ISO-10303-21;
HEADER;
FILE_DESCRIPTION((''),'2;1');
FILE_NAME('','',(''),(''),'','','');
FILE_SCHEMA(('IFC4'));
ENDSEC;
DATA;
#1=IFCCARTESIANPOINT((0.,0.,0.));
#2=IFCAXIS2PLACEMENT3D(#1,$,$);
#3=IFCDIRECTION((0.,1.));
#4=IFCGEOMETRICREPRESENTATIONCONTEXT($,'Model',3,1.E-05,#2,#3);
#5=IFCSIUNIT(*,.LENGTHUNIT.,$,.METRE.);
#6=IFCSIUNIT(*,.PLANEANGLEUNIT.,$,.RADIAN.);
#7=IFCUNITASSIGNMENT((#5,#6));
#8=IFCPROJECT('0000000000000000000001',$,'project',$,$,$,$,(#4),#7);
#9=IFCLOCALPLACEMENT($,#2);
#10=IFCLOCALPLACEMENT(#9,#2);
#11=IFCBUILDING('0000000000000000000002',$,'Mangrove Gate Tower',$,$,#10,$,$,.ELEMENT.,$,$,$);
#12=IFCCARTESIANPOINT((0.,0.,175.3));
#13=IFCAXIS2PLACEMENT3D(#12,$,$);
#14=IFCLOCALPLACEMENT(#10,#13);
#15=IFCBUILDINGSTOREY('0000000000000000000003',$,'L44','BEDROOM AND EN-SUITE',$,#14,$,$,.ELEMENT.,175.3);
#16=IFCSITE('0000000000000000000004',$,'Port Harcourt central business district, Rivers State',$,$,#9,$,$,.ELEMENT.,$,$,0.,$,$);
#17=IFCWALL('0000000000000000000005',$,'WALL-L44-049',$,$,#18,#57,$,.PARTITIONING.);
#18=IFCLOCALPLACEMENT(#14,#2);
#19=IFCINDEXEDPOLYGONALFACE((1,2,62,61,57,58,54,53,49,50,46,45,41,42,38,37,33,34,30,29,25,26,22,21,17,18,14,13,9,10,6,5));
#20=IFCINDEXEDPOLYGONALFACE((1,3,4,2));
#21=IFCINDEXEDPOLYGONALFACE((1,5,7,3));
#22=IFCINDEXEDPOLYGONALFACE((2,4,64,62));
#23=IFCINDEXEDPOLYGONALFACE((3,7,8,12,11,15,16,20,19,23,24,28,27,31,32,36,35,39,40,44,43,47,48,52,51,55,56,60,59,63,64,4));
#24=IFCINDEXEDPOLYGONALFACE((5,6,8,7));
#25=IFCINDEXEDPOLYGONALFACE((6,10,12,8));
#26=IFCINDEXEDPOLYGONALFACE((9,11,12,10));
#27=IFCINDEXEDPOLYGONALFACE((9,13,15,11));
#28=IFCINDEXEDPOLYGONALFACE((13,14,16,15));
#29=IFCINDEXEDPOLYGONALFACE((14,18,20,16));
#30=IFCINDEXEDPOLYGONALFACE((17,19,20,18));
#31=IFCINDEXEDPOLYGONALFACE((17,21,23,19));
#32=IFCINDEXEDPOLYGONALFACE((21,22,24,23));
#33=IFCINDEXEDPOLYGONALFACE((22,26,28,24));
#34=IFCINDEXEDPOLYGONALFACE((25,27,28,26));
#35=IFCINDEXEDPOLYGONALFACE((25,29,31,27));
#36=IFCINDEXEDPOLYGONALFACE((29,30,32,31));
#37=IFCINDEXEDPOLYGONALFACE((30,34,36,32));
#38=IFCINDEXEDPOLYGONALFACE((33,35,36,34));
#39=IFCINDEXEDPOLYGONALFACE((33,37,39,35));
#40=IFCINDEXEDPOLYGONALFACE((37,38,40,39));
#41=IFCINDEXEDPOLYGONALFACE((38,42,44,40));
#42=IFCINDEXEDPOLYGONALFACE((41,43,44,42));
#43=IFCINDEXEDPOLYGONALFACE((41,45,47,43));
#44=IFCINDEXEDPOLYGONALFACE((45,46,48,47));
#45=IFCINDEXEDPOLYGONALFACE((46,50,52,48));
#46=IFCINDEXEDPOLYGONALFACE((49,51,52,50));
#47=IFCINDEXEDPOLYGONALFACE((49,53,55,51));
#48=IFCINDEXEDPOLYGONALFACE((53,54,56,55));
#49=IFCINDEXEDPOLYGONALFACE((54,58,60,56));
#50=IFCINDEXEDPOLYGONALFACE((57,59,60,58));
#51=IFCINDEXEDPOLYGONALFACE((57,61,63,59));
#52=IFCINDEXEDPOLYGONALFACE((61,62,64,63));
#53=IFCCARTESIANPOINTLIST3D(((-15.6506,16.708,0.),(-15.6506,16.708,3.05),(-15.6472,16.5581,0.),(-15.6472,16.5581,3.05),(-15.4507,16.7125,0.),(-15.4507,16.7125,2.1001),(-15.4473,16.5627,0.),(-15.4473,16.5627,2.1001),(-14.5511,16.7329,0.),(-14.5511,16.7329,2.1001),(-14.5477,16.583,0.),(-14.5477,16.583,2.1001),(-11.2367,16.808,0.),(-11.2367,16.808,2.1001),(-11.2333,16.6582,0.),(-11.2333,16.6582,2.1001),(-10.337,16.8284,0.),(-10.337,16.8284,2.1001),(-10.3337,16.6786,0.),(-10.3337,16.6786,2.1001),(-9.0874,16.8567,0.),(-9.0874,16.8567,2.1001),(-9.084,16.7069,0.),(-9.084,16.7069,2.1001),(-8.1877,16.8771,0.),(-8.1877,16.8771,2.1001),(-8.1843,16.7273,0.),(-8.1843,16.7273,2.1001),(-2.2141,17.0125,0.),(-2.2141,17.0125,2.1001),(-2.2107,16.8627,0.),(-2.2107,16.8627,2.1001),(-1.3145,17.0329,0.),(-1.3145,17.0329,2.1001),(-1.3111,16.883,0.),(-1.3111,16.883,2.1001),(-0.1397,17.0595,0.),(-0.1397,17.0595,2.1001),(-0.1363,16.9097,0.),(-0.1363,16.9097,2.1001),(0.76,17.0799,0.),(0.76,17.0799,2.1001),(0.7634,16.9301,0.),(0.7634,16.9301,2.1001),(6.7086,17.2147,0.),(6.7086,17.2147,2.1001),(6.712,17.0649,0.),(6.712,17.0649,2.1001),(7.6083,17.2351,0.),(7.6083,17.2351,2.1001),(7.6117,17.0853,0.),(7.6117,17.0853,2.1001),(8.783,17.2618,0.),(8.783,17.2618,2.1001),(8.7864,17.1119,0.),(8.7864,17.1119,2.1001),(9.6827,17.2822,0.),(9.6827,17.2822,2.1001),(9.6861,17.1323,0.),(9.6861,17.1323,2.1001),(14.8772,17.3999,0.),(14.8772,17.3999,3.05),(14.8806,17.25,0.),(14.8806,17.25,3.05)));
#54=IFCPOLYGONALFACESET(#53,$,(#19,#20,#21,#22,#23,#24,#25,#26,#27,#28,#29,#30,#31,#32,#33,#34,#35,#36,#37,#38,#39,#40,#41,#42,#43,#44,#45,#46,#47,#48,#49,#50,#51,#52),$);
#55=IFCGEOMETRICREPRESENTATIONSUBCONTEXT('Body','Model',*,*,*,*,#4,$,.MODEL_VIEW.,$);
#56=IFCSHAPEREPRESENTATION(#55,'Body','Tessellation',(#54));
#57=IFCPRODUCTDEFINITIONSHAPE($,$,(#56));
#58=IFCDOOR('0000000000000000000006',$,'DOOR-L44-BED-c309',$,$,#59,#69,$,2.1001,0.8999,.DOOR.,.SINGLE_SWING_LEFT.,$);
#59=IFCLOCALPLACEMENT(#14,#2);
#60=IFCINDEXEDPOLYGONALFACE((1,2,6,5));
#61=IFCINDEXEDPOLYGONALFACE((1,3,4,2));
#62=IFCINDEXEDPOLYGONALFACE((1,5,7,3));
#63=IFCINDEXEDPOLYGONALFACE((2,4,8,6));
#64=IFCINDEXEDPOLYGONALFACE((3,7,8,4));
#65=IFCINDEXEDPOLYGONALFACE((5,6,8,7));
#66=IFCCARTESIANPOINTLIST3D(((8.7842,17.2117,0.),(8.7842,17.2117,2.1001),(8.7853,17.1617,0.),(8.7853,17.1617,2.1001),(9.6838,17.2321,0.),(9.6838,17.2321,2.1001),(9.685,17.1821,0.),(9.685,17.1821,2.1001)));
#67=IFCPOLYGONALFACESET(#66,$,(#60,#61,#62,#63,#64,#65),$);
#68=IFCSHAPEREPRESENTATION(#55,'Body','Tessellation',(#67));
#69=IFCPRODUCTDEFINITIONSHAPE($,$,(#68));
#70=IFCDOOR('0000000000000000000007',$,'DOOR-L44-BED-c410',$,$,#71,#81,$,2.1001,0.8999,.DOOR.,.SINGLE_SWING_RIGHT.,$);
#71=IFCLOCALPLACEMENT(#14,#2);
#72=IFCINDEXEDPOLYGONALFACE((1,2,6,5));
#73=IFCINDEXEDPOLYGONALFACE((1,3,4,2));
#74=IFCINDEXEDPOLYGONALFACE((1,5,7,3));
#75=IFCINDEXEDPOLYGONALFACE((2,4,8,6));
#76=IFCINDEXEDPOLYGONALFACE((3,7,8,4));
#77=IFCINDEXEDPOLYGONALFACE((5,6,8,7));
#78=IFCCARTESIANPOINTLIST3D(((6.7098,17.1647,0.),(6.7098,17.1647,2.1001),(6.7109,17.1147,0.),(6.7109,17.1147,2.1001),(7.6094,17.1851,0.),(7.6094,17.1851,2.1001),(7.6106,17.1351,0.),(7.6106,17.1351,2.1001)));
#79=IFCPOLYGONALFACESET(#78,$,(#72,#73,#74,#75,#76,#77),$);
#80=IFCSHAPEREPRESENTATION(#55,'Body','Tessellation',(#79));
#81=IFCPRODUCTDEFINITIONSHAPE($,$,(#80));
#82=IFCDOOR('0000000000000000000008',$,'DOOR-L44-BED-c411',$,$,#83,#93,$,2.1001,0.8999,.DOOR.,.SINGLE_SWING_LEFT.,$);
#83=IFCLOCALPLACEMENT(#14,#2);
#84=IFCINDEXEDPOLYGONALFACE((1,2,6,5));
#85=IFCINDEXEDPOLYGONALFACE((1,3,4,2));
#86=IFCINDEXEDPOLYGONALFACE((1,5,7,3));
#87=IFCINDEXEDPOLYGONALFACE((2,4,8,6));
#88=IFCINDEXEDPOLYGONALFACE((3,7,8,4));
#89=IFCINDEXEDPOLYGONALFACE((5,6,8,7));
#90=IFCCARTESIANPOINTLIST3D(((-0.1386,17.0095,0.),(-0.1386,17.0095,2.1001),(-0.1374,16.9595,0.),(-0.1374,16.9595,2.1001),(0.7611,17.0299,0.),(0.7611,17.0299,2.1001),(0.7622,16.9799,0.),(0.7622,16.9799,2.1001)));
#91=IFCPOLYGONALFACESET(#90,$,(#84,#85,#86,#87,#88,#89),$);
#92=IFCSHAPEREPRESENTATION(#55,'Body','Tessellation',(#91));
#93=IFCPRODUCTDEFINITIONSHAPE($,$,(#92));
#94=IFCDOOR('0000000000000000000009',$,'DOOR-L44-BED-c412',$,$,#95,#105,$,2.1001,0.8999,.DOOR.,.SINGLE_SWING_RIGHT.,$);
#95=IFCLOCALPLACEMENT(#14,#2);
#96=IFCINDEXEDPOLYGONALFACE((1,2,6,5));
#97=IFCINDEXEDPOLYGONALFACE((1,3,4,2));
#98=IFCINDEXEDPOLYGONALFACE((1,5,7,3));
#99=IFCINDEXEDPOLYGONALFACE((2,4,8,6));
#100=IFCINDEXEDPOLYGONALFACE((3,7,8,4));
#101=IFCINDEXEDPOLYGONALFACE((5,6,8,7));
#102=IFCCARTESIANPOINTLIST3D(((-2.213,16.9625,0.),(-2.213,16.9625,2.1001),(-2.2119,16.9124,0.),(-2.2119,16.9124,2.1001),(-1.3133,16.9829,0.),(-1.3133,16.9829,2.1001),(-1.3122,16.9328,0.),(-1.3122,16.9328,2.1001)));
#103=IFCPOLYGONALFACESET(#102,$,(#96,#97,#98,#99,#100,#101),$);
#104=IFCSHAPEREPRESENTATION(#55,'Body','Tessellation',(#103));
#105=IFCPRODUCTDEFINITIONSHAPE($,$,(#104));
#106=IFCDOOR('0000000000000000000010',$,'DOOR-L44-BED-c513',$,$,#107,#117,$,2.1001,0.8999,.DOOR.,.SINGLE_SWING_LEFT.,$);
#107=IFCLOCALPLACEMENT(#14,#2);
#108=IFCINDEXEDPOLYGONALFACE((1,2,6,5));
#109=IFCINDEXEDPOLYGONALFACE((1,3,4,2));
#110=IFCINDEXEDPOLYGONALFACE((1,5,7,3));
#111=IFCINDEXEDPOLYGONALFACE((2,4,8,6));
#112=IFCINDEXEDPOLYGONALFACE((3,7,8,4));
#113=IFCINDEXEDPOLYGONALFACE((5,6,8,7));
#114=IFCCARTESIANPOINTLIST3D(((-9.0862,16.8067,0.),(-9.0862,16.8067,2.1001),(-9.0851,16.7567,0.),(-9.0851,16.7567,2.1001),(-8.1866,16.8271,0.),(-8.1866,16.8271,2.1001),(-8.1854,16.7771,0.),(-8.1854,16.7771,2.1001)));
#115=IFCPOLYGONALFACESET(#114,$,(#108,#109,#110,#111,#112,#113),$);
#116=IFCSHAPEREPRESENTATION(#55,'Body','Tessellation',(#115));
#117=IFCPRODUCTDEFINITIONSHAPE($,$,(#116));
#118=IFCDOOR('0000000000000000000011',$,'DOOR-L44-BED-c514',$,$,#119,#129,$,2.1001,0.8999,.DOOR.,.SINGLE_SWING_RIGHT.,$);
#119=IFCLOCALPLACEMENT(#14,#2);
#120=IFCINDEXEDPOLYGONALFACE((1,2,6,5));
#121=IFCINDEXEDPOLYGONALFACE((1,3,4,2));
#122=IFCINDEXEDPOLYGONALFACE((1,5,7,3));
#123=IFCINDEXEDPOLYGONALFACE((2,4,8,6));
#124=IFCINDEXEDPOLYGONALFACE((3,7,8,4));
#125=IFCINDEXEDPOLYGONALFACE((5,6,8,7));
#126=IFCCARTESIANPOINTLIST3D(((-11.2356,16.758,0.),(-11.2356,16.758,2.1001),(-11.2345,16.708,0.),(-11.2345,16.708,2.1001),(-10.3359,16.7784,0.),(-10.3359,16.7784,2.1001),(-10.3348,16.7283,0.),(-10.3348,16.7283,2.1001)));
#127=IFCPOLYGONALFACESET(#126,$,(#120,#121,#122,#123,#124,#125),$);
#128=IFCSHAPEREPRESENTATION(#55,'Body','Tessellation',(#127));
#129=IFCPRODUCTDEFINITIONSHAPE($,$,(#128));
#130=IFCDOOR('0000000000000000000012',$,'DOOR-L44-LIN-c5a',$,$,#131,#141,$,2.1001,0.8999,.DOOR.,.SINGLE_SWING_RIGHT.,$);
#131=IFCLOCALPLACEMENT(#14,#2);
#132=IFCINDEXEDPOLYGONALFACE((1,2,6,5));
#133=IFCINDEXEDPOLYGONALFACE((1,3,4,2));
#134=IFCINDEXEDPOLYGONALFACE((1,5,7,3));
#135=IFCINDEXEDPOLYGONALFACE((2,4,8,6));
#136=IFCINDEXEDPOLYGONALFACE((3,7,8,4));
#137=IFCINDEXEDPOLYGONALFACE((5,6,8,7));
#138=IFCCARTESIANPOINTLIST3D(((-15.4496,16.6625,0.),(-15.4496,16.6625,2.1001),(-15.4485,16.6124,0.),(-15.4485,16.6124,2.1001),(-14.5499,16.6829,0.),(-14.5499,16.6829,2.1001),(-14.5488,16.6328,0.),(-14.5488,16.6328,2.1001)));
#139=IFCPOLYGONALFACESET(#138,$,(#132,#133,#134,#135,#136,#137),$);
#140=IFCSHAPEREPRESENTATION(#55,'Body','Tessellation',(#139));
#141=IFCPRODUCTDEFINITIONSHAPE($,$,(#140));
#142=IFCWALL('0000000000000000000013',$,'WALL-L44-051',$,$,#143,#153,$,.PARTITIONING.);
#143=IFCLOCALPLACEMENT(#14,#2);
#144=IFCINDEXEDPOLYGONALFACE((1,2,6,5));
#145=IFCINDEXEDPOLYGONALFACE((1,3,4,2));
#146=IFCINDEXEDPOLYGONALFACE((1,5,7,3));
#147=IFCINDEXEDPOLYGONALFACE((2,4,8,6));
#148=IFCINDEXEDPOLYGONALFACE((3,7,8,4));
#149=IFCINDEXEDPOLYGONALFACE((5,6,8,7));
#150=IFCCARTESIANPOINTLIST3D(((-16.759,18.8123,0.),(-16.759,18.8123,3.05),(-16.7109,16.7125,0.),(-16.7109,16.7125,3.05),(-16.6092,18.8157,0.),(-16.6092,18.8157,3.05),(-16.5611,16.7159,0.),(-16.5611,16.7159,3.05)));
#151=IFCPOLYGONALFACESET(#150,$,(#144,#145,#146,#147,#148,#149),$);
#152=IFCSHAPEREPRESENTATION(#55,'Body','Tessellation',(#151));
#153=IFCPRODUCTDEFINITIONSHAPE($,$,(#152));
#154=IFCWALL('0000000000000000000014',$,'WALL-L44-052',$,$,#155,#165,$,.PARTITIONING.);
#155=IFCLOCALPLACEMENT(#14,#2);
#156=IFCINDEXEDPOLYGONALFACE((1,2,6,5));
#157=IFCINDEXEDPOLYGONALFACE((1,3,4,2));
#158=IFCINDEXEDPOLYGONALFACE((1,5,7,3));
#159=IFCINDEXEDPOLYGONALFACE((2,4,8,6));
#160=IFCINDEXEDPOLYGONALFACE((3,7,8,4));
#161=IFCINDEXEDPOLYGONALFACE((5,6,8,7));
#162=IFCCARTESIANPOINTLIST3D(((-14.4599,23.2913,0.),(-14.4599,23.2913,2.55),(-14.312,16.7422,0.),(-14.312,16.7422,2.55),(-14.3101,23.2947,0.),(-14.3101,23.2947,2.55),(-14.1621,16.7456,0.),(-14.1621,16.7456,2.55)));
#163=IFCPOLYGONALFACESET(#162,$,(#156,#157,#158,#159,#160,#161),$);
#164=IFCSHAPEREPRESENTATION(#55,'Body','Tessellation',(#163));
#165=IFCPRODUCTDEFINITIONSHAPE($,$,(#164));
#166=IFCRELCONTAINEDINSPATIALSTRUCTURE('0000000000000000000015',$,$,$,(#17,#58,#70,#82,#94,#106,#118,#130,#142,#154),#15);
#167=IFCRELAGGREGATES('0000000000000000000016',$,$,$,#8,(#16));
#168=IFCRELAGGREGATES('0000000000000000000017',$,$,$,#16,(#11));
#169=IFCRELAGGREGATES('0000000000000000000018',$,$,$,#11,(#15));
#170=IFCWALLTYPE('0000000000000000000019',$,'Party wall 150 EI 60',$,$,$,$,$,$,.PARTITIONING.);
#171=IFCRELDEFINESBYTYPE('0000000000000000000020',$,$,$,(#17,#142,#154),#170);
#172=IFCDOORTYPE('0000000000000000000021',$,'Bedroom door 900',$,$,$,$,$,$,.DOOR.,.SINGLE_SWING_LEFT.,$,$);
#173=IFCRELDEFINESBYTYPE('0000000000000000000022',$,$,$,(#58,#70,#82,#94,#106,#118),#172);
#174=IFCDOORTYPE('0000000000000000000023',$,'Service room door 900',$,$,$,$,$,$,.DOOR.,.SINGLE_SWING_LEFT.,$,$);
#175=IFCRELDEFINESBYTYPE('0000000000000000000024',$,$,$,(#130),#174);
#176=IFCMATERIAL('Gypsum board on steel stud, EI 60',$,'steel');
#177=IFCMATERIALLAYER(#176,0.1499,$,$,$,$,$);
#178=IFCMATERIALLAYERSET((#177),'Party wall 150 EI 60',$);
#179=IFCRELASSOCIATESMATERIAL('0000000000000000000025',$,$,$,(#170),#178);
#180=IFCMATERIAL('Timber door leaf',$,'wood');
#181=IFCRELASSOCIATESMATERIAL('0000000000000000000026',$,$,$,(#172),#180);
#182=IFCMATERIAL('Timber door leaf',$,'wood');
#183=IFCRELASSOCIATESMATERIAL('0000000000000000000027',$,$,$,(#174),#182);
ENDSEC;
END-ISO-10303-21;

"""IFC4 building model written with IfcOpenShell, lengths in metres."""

from ifc_helpers import new_model, si_unit, direction, frame, frame_2d, origin, place, context, subcontext, project, spatial, rectangle, extrude, material, layer, layer_set, type_object, element, fill, save


model = new_model("IFC4")

# Units and contexts
model_context = context("Model", 3, precision=1e-05, world=origin(), true_north=direction((0.0, 1.0)))
body_context = subcontext(model_context, "Body", "Model", "MODEL_VIEW")
ifc_project = project(units=[si_unit("LENGTHUNIT", "METRE"), si_unit("PLANEANGLEUNIT", "RADIAN")], contexts=[model_context])

# Site, building, storey
site_placement = place(None, origin())
site = spatial("IfcSite", under=ifc_project, at=site_placement, Name="Port Harcourt central business district, Rivers State", CompositionType="ELEMENT", RefElevation=0.0)
building_placement = place(site_placement, origin())
building = spatial("IfcBuilding", under=site, at=building_placement, Name="Mangrove Gate Tower", CompositionType="ELEMENT")
storey_placement = place(building_placement, frame((0.0, 0.0, 175.3)))
storey = spatial("IfcBuildingStorey", under=building, at=storey_placement, Name="L44", Description="BEDROOM AND EN-SUITE", CompositionType="ELEMENT", Elevation=175.3)

# Wall, openings, doors
ifc_material_1 = material(Name="Gypsum board on steel stud, EI 60", Category="steel")
ifc_layer_1 = layer(ifc_material_1, 0.1499)
ifc_layer_set_1 = layer_set([ifc_layer_1], Name="Party wall 150 EI 60")
wall_type_1 = type_object("IfcWallType", Name="Party wall 150 EI 60", PredefinedType="PARTITIONING", material=ifc_layer_set_1)
wall_1_placement = place(storey_placement, frame((-15.6489, 16.6331, 0.0), z_axis=(0.0, 0.0, 1.0), x_axis=(0.999743, 0.022659, 0.0)))
wall_1 = element("IfcWall", 1, at=wall_1_placement, inside=storey, type_object=wall_type_1, Name="WALL-L44-049", PredefinedType="PARTITIONING", context=body_context, shape_type="SweptSolid", body=[
    extrude(rectangle(XDim=30.5356, YDim=0.1499, at=frame_2d((15.2678, 0.0))), origin(), (0.0, 0.0, 1.0), 3.05),
])
opening_1_placement = place(wall_1_placement, frame((24.4399, 0.0, 0.0)))
opening_1 = element("IfcOpeningElement", 2, at=opening_1_placement, cuts=wall_1, PredefinedType="OPENING", context=body_context, shape_type="SweptSolid", body=[
    extrude(rectangle(XDim=0.8999, YDim=2.1001, at=frame_2d((0.45, 1.05))), frame((0.0, 0.085, 0.0), z_axis=(0.0, -1.0, 0.0), x_axis=(1.0, 0.0, 0.0)), (0.0, 0.0, 1.0), 0.1699),
])
opening_2_placement = place(wall_1_placement, frame((22.365, 0.0, 0.0)))
opening_2 = element("IfcOpeningElement", 3, at=opening_2_placement, cuts=wall_1, PredefinedType="OPENING", context=body_context, shape_type="SweptSolid", body=[
    extrude(rectangle(XDim=0.8999, YDim=2.1001, at=frame_2d((0.45, 1.05))), frame((0.0, 0.085, 0.0), z_axis=(0.0, -1.0, 0.0), x_axis=(1.0, 0.0, 0.0)), (0.0, 0.0, 1.0), 0.1699),
])
opening_3_placement = place(wall_1_placement, frame((15.5149, 0.0, 0.0)))
opening_3 = element("IfcOpeningElement", 4, at=opening_3_placement, cuts=wall_1, PredefinedType="OPENING", context=body_context, shape_type="SweptSolid", body=[
    extrude(rectangle(XDim=0.8999, YDim=2.1001, at=frame_2d((0.45, 1.05))), frame((0.0, 0.085, 0.0), z_axis=(0.0, -1.0, 0.0), x_axis=(1.0, 0.0, 0.0)), (0.0, 0.0, 1.0), 0.1699),
])
opening_4_placement = place(wall_1_placement, frame((13.4399, 0.0, 0.0)))
opening_4 = element("IfcOpeningElement", 5, at=opening_4_placement, cuts=wall_1, PredefinedType="OPENING", context=body_context, shape_type="SweptSolid", body=[
    extrude(rectangle(XDim=0.8999, YDim=2.1001, at=frame_2d((0.45, 1.05))), frame((0.0, 0.085, 0.0), z_axis=(0.0, -1.0, 0.0), x_axis=(1.0, 0.0, 0.0)), (0.0, 0.0, 1.0), 0.1699),
])
opening_5_placement = place(wall_1_placement, frame((6.5649, 0.0, 0.0)))
opening_5 = element("IfcOpeningElement", 6, at=opening_5_placement, cuts=wall_1, PredefinedType="OPENING", context=body_context, shape_type="SweptSolid", body=[
    extrude(rectangle(XDim=0.8999, YDim=2.1001, at=frame_2d((0.45, 1.05))), frame((0.0, 0.085, 0.0), z_axis=(0.0, -1.0, 0.0), x_axis=(1.0, 0.0, 0.0)), (0.0, 0.0, 1.0), 0.1699),
])
opening_6_placement = place(wall_1_placement, frame((4.415, 0.0, 0.0)))
opening_6 = element("IfcOpeningElement", 7, at=opening_6_placement, cuts=wall_1, PredefinedType="OPENING", context=body_context, shape_type="SweptSolid", body=[
    extrude(rectangle(XDim=0.8999, YDim=2.1001, at=frame_2d((0.45, 1.05))), frame((0.0, 0.085, 0.0), z_axis=(0.0, -1.0, 0.0), x_axis=(1.0, 0.0, 0.0)), (0.0, 0.0, 1.0), 0.1699),
])
opening_7_placement = place(wall_1_placement, frame((0.2, 0.0, 0.0)))
opening_7 = element("IfcOpeningElement", 8, at=opening_7_placement, cuts=wall_1, PredefinedType="OPENING", context=body_context, shape_type="SweptSolid", body=[
    extrude(rectangle(XDim=0.8999, YDim=2.1001, at=frame_2d((0.45, 1.05))), frame((0.0, 0.085, 0.0), z_axis=(0.0, -1.0, 0.0), x_axis=(1.0, 0.0, 0.0)), (0.0, 0.0, 1.0), 0.1699),
])
ifc_material_2 = material(Name="Timber door leaf", Category="wood")
door_type_1 = type_object("IfcDoorType", Name="Bedroom door 900", OperationType="SINGLE_SWING_LEFT", PredefinedType="DOOR", material=ifc_material_2)
door_1_placement = place(opening_1_placement, origin())
door_1 = element("IfcDoor", 9, at=door_1_placement, inside=storey, type_object=door_type_1, Name="DOOR-L44-BED-c309", OperationType="SINGLE_SWING_LEFT", OverallHeight=2.1001, OverallWidth=0.8999, PredefinedType="DOOR", context=body_context, shape_type="SweptSolid", body=[
    extrude(rectangle(XDim=0.8999, YDim=2.1001, at=frame_2d((0.45, 1.05))), frame((0.0, 0.0249, 0.0), z_axis=(0.0, -1.0, 0.0), x_axis=(1.0, 0.0, 0.0)), (0.0, 0.0, 1.0), 0.05),
])
fill(opening_1, door_1)
door_2_placement = place(opening_2_placement, origin())
door_2 = element("IfcDoor", 10, at=door_2_placement, inside=storey, type_object=door_type_1, Name="DOOR-L44-BED-c410", OperationType="SINGLE_SWING_RIGHT", OverallHeight=2.1001, OverallWidth=0.8999, PredefinedType="DOOR", context=body_context, shape_type="SweptSolid", body=[
    extrude(rectangle(XDim=0.8999, YDim=2.1001, at=frame_2d((0.45, 1.05))), frame((0.0, 0.0249, 0.0), z_axis=(0.0, -1.0, 0.0), x_axis=(1.0, 0.0, 0.0)), (0.0, 0.0, 1.0), 0.05),
])
fill(opening_2, door_2)
door_3_placement = place(opening_3_placement, origin())
door_3 = element("IfcDoor", 11, at=door_3_placement, inside=storey, type_object=door_type_1, Name="DOOR-L44-BED-c411", OperationType="SINGLE_SWING_LEFT", OverallHeight=2.1001, OverallWidth=0.8999, PredefinedType="DOOR", context=body_context, shape_type="SweptSolid", body=[
    extrude(rectangle(XDim=0.8999, YDim=2.1001, at=frame_2d((0.45, 1.05))), frame((0.0, 0.0249, 0.0), z_axis=(0.0, -1.0, 0.0), x_axis=(1.0, 0.0, 0.0)), (0.0, 0.0, 1.0), 0.05),
])
fill(opening_3, door_3)
door_4_placement = place(opening_4_placement, origin())
door_4 = element("IfcDoor", 12, at=door_4_placement, inside=storey, type_object=door_type_1, Name="DOOR-L44-BED-c412", OperationType="SINGLE_SWING_RIGHT", OverallHeight=2.1001, OverallWidth=0.8999, PredefinedType="DOOR", context=body_context, shape_type="SweptSolid", body=[
    extrude(rectangle(XDim=0.8999, YDim=2.1001, at=frame_2d((0.45, 1.05))), frame((0.0, 0.0249, 0.0), z_axis=(0.0, -1.0, 0.0), x_axis=(1.0, 0.0, 0.0)), (0.0, 0.0, 1.0), 0.05),
])
fill(opening_4, door_4)
door_5_placement = place(opening_5_placement, origin())
door_5 = element("IfcDoor", 13, at=door_5_placement, inside=storey, type_object=door_type_1, Name="DOOR-L44-BED-c513", OperationType="SINGLE_SWING_LEFT", OverallHeight=2.1001, OverallWidth=0.8999, PredefinedType="DOOR", context=body_context, shape_type="SweptSolid", body=[
    extrude(rectangle(XDim=0.8999, YDim=2.1001, at=frame_2d((0.45, 1.05))), frame((0.0, 0.0249, 0.0), z_axis=(0.0, -1.0, 0.0), x_axis=(1.0, 0.0, 0.0)), (0.0, 0.0, 1.0), 0.05),
])
fill(opening_5, door_5)
door_6_placement = place(opening_6_placement, origin())
door_6 = element("IfcDoor", 14, at=door_6_placement, inside=storey, type_object=door_type_1, Name="DOOR-L44-BED-c514", OperationType="SINGLE_SWING_RIGHT", OverallHeight=2.1001, OverallWidth=0.8999, PredefinedType="DOOR", context=body_context, shape_type="SweptSolid", body=[
    extrude(rectangle(XDim=0.8999, YDim=2.1001, at=frame_2d((0.45, 1.05))), frame((0.0, 0.0249, 0.0), z_axis=(0.0, -1.0, 0.0), x_axis=(1.0, 0.0, 0.0)), (0.0, 0.0, 1.0), 0.05),
])
fill(opening_6, door_6)
ifc_material_3 = material(Name="Timber door leaf", Category="wood")
door_type_2 = type_object("IfcDoorType", Name="Service room door 900", OperationType="SINGLE_SWING_LEFT", PredefinedType="DOOR", material=ifc_material_3)
door_7_placement = place(opening_7_placement, origin())
door_7 = element("IfcDoor", 15, at=door_7_placement, inside=storey, type_object=door_type_2, Name="DOOR-L44-LIN-c5a", OperationType="SINGLE_SWING_RIGHT", OverallHeight=2.1001, OverallWidth=0.8999, PredefinedType="DOOR", context=body_context, shape_type="SweptSolid", body=[
    extrude(rectangle(XDim=0.8999, YDim=2.1001, at=frame_2d((0.45, 1.05))), frame((0.0, 0.0249, 0.0), z_axis=(0.0, -1.0, 0.0), x_axis=(1.0, 0.0, 0.0)), (0.0, 0.0, 1.0), 0.05),
])
fill(opening_7, door_7)

# Walls
wall_2_placement = place(storey_placement, frame((-16.636, 16.7141, 0.0), z_axis=(0.0, 0.0, 1.0), x_axis=(-0.022898, 0.999738, 0.0)))
element("IfcWall", 16, at=wall_2_placement, inside=storey, type_object=wall_type_1, Name="WALL-L44-051", PredefinedType="PARTITIONING", context=body_context, shape_type="SweptSolid", body=[
    extrude(rectangle(XDim=2.1003, YDim=0.1499, at=frame_2d((1.0503, 0.0))), origin(), (0.0, 0.0, 1.0), 3.05),
])
wall_3_placement = place(storey_placement, frame((-14.2371, 16.7439, 0.0), z_axis=(0.0, 0.0, 1.0), x_axis=(-0.022585, 0.999745, 0.0)))
element("IfcWall", 17, at=wall_3_placement, inside=storey, type_object=wall_type_1, Name="WALL-L44-052", PredefinedType="PARTITIONING", context=body_context, shape_type="SweptSolid", body=[
    extrude(rectangle(XDim=6.5508, YDim=0.1499, at=frame_2d((3.2754, 0.0))), origin(), (0.0, 0.0, 1.0), 2.55),
])

save(model, "model.ifc")
